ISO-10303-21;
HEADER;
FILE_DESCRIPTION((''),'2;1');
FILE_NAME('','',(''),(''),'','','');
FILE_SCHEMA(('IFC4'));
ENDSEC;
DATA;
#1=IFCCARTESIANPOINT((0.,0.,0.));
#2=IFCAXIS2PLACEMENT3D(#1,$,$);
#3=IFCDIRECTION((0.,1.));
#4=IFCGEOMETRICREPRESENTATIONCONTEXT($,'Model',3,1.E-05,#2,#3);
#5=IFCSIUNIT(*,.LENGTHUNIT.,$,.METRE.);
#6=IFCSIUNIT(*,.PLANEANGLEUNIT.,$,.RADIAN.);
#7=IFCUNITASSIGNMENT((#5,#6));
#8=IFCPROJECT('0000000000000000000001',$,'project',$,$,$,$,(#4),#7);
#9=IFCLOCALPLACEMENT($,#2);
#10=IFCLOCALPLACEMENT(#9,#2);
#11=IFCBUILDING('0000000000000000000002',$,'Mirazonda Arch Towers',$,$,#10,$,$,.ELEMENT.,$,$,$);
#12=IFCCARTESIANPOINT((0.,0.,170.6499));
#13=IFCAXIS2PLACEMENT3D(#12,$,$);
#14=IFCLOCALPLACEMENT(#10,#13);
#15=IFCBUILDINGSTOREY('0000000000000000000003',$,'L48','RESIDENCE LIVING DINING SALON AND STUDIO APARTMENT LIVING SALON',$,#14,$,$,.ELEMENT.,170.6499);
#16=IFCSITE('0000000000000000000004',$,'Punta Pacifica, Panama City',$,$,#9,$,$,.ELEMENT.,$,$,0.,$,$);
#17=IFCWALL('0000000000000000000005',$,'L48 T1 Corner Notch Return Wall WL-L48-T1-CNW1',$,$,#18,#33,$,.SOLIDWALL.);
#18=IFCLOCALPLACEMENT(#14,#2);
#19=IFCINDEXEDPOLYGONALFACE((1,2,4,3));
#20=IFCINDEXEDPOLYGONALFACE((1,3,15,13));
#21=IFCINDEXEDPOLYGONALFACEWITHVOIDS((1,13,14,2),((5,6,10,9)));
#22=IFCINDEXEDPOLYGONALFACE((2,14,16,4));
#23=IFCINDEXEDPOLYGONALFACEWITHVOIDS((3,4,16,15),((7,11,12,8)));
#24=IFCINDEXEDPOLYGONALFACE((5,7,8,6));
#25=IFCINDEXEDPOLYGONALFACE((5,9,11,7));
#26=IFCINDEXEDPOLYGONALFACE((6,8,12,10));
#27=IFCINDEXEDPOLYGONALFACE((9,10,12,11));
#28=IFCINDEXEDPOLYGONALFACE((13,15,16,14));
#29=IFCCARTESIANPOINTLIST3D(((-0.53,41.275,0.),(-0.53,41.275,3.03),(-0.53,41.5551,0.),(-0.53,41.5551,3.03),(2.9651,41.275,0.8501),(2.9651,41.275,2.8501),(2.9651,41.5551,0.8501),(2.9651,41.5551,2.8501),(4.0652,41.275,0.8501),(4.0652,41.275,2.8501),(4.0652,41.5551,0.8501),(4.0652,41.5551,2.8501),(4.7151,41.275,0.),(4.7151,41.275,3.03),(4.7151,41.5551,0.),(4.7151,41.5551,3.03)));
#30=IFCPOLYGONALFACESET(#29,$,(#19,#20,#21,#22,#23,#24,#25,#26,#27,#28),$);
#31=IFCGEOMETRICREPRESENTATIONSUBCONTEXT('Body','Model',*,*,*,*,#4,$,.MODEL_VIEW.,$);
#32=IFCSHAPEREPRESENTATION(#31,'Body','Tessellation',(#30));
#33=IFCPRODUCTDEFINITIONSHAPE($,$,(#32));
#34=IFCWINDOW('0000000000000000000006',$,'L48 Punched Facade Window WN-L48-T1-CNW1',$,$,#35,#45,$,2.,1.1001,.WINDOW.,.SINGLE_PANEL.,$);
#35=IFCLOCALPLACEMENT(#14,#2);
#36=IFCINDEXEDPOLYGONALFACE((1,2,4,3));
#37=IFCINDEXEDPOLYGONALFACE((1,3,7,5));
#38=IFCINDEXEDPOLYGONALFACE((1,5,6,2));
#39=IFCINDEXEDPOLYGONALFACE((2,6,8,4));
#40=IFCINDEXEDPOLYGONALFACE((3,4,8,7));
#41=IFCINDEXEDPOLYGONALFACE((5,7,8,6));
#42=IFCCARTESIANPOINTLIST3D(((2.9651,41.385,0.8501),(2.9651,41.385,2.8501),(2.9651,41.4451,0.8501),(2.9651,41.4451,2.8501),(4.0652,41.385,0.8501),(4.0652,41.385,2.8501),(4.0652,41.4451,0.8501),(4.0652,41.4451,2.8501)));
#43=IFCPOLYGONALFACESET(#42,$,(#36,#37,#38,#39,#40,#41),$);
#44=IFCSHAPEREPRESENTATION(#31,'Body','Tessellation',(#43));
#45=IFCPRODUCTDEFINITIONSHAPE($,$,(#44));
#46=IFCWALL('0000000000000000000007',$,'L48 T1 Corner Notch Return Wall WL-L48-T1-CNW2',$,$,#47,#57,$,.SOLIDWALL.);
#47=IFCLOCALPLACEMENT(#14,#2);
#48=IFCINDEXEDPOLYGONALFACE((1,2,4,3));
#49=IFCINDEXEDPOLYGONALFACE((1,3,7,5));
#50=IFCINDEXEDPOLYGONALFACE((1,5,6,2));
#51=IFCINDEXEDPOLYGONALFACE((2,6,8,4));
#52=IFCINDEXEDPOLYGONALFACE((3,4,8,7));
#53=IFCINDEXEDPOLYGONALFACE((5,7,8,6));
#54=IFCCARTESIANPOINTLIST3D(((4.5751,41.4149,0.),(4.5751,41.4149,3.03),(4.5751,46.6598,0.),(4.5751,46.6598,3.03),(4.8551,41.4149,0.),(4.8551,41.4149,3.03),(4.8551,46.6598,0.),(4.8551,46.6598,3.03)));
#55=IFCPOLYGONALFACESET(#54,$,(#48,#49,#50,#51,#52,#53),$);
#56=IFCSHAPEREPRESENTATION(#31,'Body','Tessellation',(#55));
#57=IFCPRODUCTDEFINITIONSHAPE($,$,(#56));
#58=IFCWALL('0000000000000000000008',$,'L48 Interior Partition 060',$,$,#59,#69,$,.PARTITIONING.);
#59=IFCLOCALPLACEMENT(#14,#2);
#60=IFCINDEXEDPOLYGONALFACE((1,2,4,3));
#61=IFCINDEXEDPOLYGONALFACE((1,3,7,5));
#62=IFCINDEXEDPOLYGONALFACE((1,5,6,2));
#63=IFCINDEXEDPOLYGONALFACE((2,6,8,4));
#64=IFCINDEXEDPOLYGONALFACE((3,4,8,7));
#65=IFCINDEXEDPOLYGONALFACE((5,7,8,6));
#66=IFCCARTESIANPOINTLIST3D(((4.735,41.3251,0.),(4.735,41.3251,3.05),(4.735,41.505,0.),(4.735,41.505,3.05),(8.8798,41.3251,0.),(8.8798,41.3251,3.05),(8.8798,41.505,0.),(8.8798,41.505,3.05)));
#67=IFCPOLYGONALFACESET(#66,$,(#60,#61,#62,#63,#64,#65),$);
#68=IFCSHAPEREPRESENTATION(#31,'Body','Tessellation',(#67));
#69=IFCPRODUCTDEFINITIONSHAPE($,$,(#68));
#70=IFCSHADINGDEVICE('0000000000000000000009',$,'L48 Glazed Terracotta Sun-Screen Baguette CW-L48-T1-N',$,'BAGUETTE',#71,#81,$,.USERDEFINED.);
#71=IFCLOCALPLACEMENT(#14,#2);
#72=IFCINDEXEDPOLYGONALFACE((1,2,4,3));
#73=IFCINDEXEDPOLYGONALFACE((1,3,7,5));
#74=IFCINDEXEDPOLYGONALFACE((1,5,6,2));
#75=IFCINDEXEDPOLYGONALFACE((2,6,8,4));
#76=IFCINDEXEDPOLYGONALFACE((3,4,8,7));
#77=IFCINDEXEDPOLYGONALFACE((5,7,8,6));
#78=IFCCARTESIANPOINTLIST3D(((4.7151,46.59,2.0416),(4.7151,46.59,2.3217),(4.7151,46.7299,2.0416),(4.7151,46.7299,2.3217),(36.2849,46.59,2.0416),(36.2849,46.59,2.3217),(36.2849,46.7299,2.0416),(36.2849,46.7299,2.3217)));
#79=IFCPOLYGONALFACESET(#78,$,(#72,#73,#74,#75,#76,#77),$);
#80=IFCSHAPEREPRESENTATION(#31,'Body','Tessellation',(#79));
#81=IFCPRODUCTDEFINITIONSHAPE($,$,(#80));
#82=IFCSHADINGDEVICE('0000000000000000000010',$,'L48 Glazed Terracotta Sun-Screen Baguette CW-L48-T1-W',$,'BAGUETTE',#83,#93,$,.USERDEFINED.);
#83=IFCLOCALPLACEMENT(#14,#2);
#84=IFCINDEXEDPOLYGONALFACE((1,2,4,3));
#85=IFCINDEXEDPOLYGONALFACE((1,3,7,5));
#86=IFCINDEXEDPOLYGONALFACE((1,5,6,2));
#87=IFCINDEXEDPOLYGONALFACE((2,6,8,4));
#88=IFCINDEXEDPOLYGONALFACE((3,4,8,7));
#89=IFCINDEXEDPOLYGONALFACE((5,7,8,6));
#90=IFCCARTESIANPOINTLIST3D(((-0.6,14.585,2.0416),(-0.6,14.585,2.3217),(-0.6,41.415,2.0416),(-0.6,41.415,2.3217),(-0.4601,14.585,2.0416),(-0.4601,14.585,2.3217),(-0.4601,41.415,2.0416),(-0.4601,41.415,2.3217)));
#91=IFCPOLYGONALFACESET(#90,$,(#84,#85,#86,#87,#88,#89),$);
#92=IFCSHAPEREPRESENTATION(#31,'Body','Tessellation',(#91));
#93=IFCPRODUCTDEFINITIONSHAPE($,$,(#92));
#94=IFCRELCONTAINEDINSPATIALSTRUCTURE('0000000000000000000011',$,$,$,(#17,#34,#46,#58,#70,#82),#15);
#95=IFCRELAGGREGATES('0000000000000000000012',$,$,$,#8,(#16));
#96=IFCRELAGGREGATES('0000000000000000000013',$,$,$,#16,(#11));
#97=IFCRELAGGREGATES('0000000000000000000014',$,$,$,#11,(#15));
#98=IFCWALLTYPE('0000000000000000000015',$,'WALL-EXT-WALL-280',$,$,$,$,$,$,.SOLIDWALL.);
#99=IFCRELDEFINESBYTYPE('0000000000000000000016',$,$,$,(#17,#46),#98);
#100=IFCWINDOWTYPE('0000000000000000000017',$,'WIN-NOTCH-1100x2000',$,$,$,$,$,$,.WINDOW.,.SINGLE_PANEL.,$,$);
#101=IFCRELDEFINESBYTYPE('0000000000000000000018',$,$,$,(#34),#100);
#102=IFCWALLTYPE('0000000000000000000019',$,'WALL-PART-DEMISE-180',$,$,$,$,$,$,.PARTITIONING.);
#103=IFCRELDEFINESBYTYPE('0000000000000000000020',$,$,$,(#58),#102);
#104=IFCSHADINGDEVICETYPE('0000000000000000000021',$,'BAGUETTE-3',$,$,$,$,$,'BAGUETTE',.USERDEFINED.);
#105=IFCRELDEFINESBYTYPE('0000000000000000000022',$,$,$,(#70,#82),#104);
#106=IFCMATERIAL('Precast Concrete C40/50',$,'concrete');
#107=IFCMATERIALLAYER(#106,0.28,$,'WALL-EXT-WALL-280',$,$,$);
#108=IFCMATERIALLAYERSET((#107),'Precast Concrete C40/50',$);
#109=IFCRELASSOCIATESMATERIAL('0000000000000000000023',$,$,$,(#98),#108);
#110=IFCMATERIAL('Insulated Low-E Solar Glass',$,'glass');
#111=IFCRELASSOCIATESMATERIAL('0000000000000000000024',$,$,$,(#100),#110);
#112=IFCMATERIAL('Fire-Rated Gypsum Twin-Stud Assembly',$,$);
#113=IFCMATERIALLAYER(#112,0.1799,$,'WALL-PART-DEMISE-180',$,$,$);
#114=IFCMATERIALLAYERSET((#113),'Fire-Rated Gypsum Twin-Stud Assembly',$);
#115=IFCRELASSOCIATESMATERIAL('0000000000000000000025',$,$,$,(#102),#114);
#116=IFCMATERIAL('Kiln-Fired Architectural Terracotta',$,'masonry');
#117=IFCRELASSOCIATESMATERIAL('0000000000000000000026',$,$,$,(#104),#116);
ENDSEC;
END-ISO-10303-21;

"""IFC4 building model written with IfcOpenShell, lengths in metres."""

from ifc_helpers import new_model, si_unit, direction, frame, frame_2d, origin, origin_2d, place, context, subcontext, project, spatial, rectangle, extrude, material, layer, layer_set, material_profile, profile_set, type_object, element, fill, save


model = new_model("IFC4")

# Units and contexts
model_context = context("Model", 3, precision=1e-05, world=origin(), true_north=direction((0.0, 1.0)))
body_context = subcontext(model_context, "Body", "Model", "MODEL_VIEW")
ifc_project = project(units=[si_unit("LENGTHUNIT", "METRE"), si_unit("PLANEANGLEUNIT", "RADIAN")], contexts=[model_context])

# Site, building, storey
site_placement = place(None, origin())
site = spatial("IfcSite", under=ifc_project, at=site_placement, Name="Punta Pacifica, Panama City", CompositionType="ELEMENT", RefElevation=0.0)
building_placement = place(site_placement, origin())
building = spatial("IfcBuilding", under=site, at=building_placement, Name="Mirazonda Arch Towers", CompositionType="ELEMENT")
storey_placement = place(building_placement, frame((0.0, 0.0, 170.6499)))
storey = spatial("IfcBuildingStorey", under=building, at=storey_placement, Name="L48", Description="RESIDENCE LIVING DINING SALON AND STUDIO APARTMENT LIVING SALON", CompositionType="ELEMENT", Elevation=170.6499)

# Shared definitions
ifc_material_1 = material(Name="Insulated Low-E Solar Glass", Category="glass")

# Wall, opening, window
ifc_material_2 = material(Name="Precast Concrete C40/50", Category="concrete")
ifc_layer_1 = layer(ifc_material_2, 0.28, Name="WALL-EXT-WALL-280")
ifc_layer_set_1 = layer_set([ifc_layer_1], Name="Precast Concrete C40/50")
wall_type_1 = type_object("IfcWallType", Name="WALL-EXT-WALL-280", PredefinedType="SOLIDWALL", material=ifc_layer_set_1)
wall_1_placement = place(storey_placement, frame((4.7151, 41.415, 0.0), z_axis=(0.0, 0.0, 1.0), x_axis=(-1.0, 0.0, 0.0)))
wall_1 = element("IfcWall", 1, at=wall_1_placement, inside=storey, type_object=wall_type_1, Name="L48 T1 Corner Notch Return Wall WL-L48-T1-CNW1", PredefinedType="SOLIDWALL", context=body_context, shape_type="SweptSolid", body=[
    extrude(rectangle(XDim=5.2451, YDim=0.28, at=frame_2d((2.6226, 0.0))), origin(), (0.0, 0.0, 1.0), 3.03),
])
opening_placement = place(wall_1_placement, frame((0.6499, 0.0, 0.8501)))
opening = element("IfcOpeningElement", 2, at=opening_placement, cuts=wall_1, PredefinedType="OPENING", context=body_context, shape_type="SweptSolid", body=[
    extrude(rectangle(XDim=1.1001, YDim=2.0, at=frame_2d((0.55, 1.0))), frame((0.0, 0.1499, 0.0), z_axis=(0.0, -1.0, 0.0), x_axis=(1.0, 0.0, 0.0)), (0.0, 0.0, 1.0), 0.3),
])
window_type = type_object("IfcWindowType", Name="WIN-NOTCH-1100x2000", PartitioningType="SINGLE_PANEL", PredefinedType="WINDOW", material=ifc_material_1)
window_placement = place(opening_placement, origin())
window = element("IfcWindow", 3, at=window_placement, inside=storey, type_object=window_type, Name="L48 Punched Facade Window WN-L48-T1-CNW1", OverallHeight=2.0, OverallWidth=1.1001, PartitioningType="SINGLE_PANEL", PredefinedType="WINDOW", context=body_context, shape_type="SweptSolid", body=[
    extrude(rectangle(XDim=1.1001, YDim=2.0, at=frame_2d((0.55, 1.0))), frame((0.0, 0.03, 0.0), z_axis=(0.0, -1.0, 0.0), x_axis=(1.0, 0.0, 0.0)), (0.0, 0.0, 1.0), 0.0601),
])
fill(opening, window)

# Walls
wall_2_placement = place(storey_placement, frame((4.7151, 46.6599, 0.0), z_axis=(0.0, 0.0, 1.0), x_axis=(0.0, -1.0, 0.0)))
element("IfcWall", 4, at=wall_2_placement, inside=storey, type_object=wall_type_1, Name="L48 T1 Corner Notch Return Wall WL-L48-T1-CNW2", PredefinedType="SOLIDWALL", context=body_context, shape_type="SweptSolid", body=[
    extrude(rectangle(XDim=5.2449, YDim=0.28, at=frame_2d((2.6226, 0.0))), origin(), (0.0, 0.0, 1.0), 3.03),
])
ifc_material_3 = material(Name="Fire-Rated Gypsum Twin-Stud Assembly")
ifc_layer_2 = layer(ifc_material_3, 0.1799, Name="WALL-PART-DEMISE-180")
ifc_layer_set_2 = layer_set([ifc_layer_2], Name="Fire-Rated Gypsum Twin-Stud Assembly")
wall_type_2 = type_object("IfcWallType", Name="WALL-PART-DEMISE-180", PredefinedType="PARTITIONING", material=ifc_layer_set_2)
wall_3_placement = place(storey_placement, frame((4.7351, 41.415, 0.0), z_axis=(0.0, 0.0, 1.0), x_axis=(1.0, 0.0, 0.0)))
element("IfcWall", 5, at=wall_3_placement, inside=storey, type_object=wall_type_2, Name="L48 Interior Partition 060", PredefinedType="PARTITIONING", context=body_context, shape_type="SweptSolid", body=[
    extrude(rectangle(XDim=4.1448, YDim=0.1799, at=frame_2d((2.0723, 0.0))), origin(), (0.0, 0.0, 1.0), 3.05),
])

# Shading devices
ifc_material_4 = material(Name="Kiln-Fired Architectural Terracotta", Category="masonry")
ifc_material_profile_1 = material_profile(ifc_material_4, rectangle(XDim=0.1399, YDim=0.28, at=origin_2d()), Name="TERRA-BAG-140x280")
ifc_profile_set_1 = profile_set([ifc_material_profile_1], Name="Kiln-Fired Architectural Terracotta")
shading_device_type = type_object("IfcShadingDeviceType", Name="BAGUETTE-3", ElementType="BAGUETTE", PredefinedType="USERDEFINED", material=ifc_profile_set_1)
shading_device_1_placement = place(storey_placement, frame((4.7151, 46.6599, 2.1816), z_axis=(1.0, 0.0, 0.0), x_axis=(0.0, 1.0, 0.0)))
element("IfcShadingDevice", 6, at=shading_device_1_placement, inside=storey, type_object=shading_device_type, Name="L48 Glazed Terracotta Sun-Screen Baguette CW-L48-T1-N", ObjectType="BAGUETTE", PredefinedType="USERDEFINED", context=body_context, shape_type="SweptSolid", body=[
    extrude(rectangle(XDim=0.1399, YDim=0.28, at=origin_2d()), origin(), (0.0, 0.0, 1.0), 31.5698),
])
shading_device_2_placement = place(storey_placement, frame((-0.53, 41.415, 2.1816), z_axis=(0.0, -1.0, 0.0), x_axis=(1.0, 0.0, 0.0)))
element("IfcShadingDevice", 7, at=shading_device_2_placement, inside=storey, type_object=shading_device_type, Name="L48 Glazed Terracotta Sun-Screen Baguette CW-L48-T1-W", ObjectType="BAGUETTE", PredefinedType="USERDEFINED", context=body_context, shape_type="SweptSolid", body=[
    extrude(rectangle(XDim=0.1399, YDim=0.28, at=origin_2d()), origin(), (0.0, 0.0, 1.0), 26.8301),
])

save(model, "model.ifc")
